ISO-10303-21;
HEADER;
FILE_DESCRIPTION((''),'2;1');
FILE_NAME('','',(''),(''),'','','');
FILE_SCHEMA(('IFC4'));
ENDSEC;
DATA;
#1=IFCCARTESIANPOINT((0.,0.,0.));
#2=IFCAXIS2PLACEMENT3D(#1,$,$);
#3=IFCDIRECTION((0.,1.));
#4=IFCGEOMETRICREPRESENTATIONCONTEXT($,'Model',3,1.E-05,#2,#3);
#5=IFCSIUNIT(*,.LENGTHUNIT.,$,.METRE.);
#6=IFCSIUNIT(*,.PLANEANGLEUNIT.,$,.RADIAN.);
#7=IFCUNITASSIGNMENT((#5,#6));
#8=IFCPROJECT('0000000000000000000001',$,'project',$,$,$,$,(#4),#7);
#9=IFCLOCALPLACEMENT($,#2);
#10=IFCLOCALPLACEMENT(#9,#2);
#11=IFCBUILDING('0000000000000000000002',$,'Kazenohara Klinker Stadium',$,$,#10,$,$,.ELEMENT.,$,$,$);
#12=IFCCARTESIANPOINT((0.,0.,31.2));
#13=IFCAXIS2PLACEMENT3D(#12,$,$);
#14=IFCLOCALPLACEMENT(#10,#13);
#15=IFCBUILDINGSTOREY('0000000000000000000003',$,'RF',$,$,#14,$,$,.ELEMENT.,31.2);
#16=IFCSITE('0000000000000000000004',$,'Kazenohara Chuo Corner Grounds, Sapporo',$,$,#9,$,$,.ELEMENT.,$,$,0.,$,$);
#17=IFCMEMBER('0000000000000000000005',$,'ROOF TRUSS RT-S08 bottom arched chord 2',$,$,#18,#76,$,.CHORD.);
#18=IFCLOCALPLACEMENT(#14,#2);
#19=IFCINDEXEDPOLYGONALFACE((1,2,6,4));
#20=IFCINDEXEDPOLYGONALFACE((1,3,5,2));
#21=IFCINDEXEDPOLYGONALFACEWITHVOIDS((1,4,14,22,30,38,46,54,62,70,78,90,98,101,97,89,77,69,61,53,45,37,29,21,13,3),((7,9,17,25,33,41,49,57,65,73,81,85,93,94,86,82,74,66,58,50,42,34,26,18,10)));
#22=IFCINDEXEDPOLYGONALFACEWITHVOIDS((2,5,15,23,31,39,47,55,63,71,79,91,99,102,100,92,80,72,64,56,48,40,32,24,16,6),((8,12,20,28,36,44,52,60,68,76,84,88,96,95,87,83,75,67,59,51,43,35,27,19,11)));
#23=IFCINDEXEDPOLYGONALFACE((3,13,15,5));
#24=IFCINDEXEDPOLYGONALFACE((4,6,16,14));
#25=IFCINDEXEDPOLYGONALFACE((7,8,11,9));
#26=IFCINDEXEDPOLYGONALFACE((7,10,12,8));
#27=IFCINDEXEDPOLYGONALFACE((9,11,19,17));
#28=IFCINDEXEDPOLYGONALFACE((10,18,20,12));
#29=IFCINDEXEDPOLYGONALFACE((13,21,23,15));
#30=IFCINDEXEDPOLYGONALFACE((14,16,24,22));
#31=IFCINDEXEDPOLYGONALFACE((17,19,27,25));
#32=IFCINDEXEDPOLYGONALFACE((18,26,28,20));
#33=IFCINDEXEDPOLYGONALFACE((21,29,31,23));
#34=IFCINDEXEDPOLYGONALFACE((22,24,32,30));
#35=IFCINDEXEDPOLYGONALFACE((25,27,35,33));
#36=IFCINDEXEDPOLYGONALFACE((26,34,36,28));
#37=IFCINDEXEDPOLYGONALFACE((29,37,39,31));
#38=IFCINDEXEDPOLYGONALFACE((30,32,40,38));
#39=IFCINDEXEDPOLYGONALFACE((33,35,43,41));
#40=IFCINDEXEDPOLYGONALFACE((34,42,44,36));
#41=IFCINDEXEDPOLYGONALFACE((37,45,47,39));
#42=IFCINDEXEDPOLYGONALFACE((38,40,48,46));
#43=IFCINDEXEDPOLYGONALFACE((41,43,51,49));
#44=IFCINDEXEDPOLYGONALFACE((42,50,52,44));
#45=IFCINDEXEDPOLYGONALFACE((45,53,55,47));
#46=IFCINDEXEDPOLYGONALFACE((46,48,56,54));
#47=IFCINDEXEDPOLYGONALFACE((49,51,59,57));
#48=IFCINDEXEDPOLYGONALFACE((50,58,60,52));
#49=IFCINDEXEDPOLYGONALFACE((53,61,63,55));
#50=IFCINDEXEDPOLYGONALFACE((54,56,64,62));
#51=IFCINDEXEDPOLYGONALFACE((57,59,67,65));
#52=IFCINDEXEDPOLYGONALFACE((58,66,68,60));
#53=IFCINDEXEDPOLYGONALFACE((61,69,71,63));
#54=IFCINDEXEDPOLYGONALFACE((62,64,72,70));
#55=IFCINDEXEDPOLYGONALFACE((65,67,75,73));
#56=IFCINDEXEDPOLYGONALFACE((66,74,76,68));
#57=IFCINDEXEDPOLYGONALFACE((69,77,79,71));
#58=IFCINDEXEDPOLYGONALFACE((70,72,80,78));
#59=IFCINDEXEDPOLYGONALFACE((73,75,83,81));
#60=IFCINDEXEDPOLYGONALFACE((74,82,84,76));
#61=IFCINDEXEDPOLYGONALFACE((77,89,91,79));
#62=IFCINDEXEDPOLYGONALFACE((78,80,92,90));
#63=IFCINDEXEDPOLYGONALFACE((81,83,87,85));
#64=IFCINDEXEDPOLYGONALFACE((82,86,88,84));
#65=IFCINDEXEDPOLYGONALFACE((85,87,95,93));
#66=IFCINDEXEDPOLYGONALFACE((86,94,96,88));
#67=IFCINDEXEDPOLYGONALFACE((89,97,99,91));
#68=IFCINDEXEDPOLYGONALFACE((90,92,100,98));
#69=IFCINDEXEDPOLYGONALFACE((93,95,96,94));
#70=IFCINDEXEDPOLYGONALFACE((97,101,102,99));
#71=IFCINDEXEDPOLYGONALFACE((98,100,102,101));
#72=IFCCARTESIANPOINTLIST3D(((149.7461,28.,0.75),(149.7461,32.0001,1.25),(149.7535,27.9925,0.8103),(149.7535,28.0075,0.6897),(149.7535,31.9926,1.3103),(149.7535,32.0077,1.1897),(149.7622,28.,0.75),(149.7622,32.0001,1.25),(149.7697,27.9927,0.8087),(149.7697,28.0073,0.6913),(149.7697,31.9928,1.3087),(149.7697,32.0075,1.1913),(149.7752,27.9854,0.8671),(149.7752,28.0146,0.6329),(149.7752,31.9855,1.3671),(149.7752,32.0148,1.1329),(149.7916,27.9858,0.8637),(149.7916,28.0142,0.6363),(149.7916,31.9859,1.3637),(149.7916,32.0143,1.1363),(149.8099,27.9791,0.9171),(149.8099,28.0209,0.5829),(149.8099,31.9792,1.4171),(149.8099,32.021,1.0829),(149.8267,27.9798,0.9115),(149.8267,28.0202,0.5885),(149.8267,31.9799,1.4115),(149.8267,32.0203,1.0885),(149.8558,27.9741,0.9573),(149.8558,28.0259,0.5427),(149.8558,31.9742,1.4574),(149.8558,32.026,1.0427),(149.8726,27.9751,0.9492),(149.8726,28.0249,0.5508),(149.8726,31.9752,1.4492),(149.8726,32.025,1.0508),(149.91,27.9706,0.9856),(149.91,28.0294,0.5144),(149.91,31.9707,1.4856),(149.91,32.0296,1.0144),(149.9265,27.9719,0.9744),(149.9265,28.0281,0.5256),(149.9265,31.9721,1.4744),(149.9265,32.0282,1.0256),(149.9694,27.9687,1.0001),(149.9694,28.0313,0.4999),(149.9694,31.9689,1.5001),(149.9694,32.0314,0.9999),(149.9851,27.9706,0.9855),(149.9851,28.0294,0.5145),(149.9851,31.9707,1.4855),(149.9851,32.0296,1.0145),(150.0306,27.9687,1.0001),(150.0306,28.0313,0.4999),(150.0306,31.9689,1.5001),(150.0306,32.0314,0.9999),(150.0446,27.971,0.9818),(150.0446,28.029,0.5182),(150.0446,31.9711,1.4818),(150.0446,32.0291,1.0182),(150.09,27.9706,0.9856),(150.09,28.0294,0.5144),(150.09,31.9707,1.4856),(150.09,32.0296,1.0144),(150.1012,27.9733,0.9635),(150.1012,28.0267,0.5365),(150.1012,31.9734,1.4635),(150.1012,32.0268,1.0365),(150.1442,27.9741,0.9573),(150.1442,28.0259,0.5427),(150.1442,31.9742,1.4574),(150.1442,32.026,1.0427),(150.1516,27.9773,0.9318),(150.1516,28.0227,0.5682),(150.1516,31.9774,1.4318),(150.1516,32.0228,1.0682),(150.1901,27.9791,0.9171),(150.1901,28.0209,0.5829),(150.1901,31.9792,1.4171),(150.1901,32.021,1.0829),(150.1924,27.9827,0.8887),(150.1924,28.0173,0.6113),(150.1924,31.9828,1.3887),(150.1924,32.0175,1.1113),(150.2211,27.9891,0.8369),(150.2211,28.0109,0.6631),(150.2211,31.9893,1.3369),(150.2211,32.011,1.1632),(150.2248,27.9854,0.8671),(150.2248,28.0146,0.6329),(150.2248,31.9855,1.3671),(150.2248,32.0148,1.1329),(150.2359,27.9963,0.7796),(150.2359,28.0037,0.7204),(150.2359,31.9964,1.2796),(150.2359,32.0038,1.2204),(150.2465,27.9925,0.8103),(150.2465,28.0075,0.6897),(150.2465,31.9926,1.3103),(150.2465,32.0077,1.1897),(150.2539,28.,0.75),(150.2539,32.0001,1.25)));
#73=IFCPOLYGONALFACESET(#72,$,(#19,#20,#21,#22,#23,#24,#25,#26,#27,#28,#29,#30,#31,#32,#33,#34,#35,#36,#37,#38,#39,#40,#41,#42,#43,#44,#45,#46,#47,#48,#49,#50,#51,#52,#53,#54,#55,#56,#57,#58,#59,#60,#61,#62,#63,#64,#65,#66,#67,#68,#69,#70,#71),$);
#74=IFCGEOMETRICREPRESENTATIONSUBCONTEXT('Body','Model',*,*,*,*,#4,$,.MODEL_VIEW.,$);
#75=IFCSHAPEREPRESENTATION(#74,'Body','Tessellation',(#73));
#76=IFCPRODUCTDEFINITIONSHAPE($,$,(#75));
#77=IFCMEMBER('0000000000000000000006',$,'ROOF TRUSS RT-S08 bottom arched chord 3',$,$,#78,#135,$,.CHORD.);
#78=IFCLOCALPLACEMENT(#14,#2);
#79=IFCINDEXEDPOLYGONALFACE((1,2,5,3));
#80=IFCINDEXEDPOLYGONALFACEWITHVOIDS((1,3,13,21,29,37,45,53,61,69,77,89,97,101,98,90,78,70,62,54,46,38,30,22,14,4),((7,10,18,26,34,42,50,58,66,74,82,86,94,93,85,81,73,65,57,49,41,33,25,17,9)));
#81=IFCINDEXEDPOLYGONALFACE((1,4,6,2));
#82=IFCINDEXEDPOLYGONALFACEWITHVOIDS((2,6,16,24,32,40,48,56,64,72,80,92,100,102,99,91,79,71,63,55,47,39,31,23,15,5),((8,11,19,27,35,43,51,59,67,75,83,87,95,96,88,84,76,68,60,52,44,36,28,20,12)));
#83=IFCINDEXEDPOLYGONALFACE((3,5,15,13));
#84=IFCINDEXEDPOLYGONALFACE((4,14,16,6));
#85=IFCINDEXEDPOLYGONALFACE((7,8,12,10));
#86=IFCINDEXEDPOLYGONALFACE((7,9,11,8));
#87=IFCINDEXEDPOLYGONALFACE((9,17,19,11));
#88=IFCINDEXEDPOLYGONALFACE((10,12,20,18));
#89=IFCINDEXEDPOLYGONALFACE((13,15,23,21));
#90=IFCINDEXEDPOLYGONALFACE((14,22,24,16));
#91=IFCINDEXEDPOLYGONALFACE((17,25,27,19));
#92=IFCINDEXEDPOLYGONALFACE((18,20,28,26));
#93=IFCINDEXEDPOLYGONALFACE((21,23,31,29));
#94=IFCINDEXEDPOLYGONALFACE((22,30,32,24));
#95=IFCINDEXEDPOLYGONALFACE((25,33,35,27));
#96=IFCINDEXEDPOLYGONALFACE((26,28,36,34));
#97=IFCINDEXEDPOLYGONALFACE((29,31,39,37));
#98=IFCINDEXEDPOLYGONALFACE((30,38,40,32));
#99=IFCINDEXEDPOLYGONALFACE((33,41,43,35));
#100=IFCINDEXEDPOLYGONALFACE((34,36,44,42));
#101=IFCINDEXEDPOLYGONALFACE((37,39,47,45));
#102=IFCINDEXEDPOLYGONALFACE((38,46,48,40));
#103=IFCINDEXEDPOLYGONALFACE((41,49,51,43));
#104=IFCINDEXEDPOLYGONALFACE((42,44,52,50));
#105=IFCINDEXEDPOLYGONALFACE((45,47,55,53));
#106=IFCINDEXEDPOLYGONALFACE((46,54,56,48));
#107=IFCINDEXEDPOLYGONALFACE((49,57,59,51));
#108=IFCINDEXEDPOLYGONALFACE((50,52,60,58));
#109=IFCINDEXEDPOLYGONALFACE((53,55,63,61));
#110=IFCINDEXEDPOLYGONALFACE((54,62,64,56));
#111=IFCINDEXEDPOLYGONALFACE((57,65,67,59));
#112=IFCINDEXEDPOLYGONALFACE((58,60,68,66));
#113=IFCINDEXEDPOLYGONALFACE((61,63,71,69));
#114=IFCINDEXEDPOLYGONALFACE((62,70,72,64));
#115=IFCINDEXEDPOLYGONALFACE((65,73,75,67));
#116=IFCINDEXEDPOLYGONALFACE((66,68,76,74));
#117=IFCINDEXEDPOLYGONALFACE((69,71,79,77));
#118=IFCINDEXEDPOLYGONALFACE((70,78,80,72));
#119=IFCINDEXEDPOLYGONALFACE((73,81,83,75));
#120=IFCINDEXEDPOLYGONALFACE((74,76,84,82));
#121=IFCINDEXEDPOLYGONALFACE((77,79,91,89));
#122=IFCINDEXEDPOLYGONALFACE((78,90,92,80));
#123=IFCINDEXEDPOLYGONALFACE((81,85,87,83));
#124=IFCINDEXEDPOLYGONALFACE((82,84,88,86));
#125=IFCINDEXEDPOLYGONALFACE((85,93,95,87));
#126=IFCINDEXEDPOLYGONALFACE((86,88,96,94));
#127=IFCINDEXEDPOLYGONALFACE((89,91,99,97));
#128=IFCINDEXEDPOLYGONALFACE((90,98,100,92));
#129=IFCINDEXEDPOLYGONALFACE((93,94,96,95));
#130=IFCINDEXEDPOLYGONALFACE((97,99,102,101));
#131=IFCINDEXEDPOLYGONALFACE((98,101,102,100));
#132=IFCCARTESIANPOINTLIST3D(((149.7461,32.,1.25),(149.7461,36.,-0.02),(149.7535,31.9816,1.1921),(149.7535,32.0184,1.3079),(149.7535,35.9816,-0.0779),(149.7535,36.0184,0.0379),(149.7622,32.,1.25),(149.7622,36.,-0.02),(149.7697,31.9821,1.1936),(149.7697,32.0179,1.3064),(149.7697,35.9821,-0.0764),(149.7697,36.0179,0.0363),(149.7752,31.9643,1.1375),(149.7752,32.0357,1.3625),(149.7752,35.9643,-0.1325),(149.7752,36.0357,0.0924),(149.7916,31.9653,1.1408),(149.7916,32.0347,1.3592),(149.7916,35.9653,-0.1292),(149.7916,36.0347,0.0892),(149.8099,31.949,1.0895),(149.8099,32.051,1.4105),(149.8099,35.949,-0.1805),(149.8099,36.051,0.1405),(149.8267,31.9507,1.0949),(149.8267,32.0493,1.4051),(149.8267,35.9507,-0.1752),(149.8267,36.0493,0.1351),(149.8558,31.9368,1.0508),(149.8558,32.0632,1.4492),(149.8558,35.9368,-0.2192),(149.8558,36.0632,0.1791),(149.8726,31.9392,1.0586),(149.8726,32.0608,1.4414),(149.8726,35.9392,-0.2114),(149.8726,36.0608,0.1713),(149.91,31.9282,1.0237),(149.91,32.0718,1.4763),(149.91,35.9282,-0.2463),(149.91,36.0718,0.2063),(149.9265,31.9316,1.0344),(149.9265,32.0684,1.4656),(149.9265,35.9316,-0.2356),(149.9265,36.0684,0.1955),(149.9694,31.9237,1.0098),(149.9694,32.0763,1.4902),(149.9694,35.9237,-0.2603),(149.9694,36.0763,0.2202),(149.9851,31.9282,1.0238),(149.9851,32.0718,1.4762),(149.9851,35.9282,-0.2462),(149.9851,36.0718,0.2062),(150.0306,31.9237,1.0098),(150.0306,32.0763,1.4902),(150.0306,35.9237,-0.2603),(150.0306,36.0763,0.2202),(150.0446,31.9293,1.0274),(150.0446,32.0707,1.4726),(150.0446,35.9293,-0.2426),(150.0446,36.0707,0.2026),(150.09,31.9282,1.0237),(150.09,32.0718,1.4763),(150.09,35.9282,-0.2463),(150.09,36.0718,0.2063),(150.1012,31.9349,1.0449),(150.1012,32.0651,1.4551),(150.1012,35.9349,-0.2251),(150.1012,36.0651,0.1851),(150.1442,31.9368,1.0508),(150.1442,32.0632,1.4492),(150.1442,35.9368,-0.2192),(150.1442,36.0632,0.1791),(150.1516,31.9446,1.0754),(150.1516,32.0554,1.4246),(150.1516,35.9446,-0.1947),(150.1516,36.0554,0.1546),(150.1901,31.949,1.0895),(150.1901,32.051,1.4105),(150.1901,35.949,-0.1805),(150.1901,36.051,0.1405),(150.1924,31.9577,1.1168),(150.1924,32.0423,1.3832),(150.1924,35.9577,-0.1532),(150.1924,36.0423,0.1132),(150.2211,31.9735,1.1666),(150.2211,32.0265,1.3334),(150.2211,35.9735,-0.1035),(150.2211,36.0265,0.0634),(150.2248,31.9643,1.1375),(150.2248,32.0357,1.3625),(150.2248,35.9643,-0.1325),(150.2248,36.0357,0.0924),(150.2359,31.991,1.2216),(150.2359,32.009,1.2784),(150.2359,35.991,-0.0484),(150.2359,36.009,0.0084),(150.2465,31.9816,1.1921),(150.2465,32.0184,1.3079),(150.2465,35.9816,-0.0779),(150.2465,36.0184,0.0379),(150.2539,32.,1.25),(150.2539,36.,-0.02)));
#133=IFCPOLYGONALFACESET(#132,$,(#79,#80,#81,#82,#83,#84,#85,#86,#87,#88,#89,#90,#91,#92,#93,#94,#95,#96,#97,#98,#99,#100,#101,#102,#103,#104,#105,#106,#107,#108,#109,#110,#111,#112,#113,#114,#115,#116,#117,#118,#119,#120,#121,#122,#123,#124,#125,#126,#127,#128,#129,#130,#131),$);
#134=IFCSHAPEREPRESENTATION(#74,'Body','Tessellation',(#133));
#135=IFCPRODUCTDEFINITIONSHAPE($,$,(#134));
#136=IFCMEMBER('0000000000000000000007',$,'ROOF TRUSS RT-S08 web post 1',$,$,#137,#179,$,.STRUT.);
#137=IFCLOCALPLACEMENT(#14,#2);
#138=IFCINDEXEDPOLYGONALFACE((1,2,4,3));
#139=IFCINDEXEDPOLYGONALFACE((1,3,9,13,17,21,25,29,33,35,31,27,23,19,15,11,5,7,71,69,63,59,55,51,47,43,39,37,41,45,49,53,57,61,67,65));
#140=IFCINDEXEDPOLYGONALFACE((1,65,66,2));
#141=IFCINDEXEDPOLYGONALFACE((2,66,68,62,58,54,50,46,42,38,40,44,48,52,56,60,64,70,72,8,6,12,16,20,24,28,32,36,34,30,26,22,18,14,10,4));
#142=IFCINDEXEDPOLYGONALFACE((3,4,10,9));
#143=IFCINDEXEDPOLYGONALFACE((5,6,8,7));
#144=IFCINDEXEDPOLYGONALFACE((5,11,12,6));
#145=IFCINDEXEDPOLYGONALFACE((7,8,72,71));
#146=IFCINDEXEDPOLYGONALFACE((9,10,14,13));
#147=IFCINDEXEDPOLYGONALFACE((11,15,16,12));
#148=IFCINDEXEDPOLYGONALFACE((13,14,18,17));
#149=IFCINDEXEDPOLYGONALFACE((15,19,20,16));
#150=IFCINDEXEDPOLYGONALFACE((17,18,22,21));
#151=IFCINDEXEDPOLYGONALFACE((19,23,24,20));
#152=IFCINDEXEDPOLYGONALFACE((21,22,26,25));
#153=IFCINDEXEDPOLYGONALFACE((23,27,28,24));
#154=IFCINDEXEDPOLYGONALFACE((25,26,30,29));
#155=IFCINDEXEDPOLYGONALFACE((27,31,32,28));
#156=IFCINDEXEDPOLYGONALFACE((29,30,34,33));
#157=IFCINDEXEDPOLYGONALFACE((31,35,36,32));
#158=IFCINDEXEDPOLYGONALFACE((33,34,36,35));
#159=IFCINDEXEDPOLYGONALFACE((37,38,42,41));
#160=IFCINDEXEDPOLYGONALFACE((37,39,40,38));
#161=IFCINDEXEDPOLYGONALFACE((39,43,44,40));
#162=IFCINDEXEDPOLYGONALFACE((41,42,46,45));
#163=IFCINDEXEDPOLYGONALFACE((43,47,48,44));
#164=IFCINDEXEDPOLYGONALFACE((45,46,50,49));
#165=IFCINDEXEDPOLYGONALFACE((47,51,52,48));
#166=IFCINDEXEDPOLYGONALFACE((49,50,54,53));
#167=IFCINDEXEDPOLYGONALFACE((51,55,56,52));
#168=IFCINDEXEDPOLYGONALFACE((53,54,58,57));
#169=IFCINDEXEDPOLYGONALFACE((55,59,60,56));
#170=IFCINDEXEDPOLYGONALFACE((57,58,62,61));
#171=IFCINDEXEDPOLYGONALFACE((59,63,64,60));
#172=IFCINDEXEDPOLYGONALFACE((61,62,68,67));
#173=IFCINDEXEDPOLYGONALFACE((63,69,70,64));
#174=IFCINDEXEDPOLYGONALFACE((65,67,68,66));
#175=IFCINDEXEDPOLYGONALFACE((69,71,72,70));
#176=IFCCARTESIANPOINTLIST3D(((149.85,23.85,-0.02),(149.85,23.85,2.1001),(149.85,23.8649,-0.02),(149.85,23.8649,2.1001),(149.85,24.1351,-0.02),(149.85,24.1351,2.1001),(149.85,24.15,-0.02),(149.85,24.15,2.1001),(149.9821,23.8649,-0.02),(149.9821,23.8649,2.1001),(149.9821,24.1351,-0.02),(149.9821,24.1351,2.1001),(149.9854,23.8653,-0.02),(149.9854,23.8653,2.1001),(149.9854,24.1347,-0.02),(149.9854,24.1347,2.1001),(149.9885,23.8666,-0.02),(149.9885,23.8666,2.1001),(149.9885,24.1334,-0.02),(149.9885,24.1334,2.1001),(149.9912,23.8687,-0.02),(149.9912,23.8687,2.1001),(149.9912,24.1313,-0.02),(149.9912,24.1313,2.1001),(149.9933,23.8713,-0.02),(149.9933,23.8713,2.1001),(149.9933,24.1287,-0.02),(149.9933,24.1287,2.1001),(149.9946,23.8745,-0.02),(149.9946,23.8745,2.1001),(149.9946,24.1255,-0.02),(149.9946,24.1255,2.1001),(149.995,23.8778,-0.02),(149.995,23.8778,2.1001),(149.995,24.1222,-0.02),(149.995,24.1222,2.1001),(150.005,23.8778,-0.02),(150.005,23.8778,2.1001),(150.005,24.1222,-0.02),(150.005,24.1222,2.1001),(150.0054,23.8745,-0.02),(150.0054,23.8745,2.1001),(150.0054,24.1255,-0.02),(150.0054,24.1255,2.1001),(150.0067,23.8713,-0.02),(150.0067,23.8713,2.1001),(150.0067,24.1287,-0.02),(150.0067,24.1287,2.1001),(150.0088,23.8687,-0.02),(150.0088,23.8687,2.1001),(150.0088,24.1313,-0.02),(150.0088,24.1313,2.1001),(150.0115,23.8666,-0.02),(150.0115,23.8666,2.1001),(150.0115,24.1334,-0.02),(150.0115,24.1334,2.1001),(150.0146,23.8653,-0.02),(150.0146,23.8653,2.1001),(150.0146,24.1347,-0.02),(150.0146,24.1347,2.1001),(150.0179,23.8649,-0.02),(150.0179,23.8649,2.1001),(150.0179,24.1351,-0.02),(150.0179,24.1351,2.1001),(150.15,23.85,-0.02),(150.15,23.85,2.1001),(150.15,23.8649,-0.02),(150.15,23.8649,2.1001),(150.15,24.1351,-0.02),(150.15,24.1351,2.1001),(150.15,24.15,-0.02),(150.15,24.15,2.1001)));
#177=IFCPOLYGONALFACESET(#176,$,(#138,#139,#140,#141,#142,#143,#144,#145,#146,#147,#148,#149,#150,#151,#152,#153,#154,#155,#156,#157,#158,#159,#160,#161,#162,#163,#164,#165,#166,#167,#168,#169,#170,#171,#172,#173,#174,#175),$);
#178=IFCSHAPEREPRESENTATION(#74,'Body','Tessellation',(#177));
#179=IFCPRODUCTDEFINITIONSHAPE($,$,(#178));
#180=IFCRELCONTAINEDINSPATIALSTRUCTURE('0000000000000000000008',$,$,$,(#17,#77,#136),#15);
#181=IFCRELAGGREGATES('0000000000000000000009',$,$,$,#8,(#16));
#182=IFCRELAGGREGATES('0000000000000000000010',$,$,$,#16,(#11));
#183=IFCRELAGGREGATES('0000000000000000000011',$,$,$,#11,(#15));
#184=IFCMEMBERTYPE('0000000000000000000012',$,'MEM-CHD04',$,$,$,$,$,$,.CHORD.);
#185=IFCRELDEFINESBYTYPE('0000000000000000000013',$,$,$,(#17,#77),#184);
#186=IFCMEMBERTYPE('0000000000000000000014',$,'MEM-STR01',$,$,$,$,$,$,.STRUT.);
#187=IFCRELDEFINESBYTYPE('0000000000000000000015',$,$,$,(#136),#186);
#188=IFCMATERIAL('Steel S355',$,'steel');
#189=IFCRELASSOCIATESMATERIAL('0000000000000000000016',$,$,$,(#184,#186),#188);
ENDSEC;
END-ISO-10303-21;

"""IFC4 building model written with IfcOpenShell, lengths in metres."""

from ifc_helpers import new_model, si_unit, direction, frame, origin, origin_2d, place, context, subcontext, project, spatial, hollow_circle, i_section, extrude, material, material_profile, profile_set, type_object, element, save


model = new_model("IFC4")

# Units and contexts
model_context = context("Model", 3, precision=1e-05, world=origin(), true_north=direction((0.0, 1.0)))
body_context = subcontext(model_context, "Body", "Model", "MODEL_VIEW")
ifc_project = project(units=[si_unit("LENGTHUNIT", "METRE"), si_unit("PLANEANGLEUNIT", "RADIAN")], contexts=[model_context])

# Site, building, storey
site_placement = place(None, origin())
site = spatial("IfcSite", under=ifc_project, at=site_placement, Name="Kazenohara Chuo Corner Grounds, Sapporo", CompositionType="ELEMENT", RefElevation=0.0)
building_placement = place(site_placement, origin())
building = spatial("IfcBuilding", under=site, at=building_placement, Name="Kazenohara Klinker Stadium", CompositionType="ELEMENT")
storey_placement = place(building_placement, frame((0.0, 0.0, 31.2)))
storey = spatial("IfcBuildingStorey", under=building, at=storey_placement, Name="RF", CompositionType="ELEMENT", Elevation=31.2)

# Members
ifc_material_1 = material(Name="Steel S355", Category="steel")
ifc_material_profile_1 = material_profile(ifc_material_1, hollow_circle(Radius=0.2539, WallThickness=0.0161, at=origin_2d()), Name="CHS-508.0x16")
ifc_profile_set_1 = profile_set([ifc_material_profile_1], Name="Steel S355")
member_type_1 = type_object("IfcMemberType", Name="MEM-CHD04", PredefinedType="CHORD", material=ifc_profile_set_1)
member_1_placement = place(storey_placement, frame((150.0, 28.0, 0.75), z_axis=(0.0, 0.992278, 0.124035), x_axis=(-1.0, 0.0, 0.0)))
element("IfcMember", 1, at=member_1_placement, inside=storey, type_object=member_type_1, Name="ROOF TRUSS RT-S08 bottom arched chord 2", PredefinedType="CHORD", context=body_context, shape_type="SweptSolid", body=[
    extrude(hollow_circle(Radius=0.2539, WallThickness=0.0161, at=origin_2d()), origin(), (0.0, 0.0, 1.0), 4.0312),
])
member_2_placement = place(storey_placement, frame((150.0, 32.0, 1.25), z_axis=(0.0, 0.953112, -0.302618), x_axis=(-1.0, 0.0, 0.0)))
element("IfcMember", 2, at=member_2_placement, inside=storey, type_object=member_type_1, Name="ROOF TRUSS RT-S08 bottom arched chord 3", PredefinedType="CHORD", context=body_context, shape_type="SweptSolid", body=[
    extrude(hollow_circle(Radius=0.2539, WallThickness=0.0161, at=origin_2d()), origin(), (0.0, 0.0, 1.0), 4.1968),
])
ifc_material_profile_2 = material_profile(ifc_material_1, i_section(OverallWidth=0.3, OverallDepth=0.3, WebThickness=0.01, FlangeThickness=0.0149, FilletRadius=0.0129, at=origin_2d()), Name="H-300x300x10x15")
ifc_profile_set_2 = profile_set([ifc_material_profile_2], Name="Steel S355")
member_type_2 = type_object("IfcMemberType", Name="MEM-STR01", PredefinedType="STRUT", material=ifc_profile_set_2)
member_3_placement = place(storey_placement, frame((150.0, 24.0, -0.02), z_axis=(0.0, 0.0, 1.0), x_axis=(1.0, 0.0, 0.0)))
element("IfcMember", 3, at=member_3_placement, inside=storey, type_object=member_type_2, Name="ROOF TRUSS RT-S08 web post 1", PredefinedType="STRUT", context=body_context, shape_type="SweptSolid", body=[
    extrude(i_section(OverallWidth=0.3, OverallDepth=0.3, WebThickness=0.01, FlangeThickness=0.0149, FilletRadius=0.0129, at=origin_2d()), origin(), (0.0, 0.0, 1.0), 2.1201),
])

save(model, "model.ifc")
